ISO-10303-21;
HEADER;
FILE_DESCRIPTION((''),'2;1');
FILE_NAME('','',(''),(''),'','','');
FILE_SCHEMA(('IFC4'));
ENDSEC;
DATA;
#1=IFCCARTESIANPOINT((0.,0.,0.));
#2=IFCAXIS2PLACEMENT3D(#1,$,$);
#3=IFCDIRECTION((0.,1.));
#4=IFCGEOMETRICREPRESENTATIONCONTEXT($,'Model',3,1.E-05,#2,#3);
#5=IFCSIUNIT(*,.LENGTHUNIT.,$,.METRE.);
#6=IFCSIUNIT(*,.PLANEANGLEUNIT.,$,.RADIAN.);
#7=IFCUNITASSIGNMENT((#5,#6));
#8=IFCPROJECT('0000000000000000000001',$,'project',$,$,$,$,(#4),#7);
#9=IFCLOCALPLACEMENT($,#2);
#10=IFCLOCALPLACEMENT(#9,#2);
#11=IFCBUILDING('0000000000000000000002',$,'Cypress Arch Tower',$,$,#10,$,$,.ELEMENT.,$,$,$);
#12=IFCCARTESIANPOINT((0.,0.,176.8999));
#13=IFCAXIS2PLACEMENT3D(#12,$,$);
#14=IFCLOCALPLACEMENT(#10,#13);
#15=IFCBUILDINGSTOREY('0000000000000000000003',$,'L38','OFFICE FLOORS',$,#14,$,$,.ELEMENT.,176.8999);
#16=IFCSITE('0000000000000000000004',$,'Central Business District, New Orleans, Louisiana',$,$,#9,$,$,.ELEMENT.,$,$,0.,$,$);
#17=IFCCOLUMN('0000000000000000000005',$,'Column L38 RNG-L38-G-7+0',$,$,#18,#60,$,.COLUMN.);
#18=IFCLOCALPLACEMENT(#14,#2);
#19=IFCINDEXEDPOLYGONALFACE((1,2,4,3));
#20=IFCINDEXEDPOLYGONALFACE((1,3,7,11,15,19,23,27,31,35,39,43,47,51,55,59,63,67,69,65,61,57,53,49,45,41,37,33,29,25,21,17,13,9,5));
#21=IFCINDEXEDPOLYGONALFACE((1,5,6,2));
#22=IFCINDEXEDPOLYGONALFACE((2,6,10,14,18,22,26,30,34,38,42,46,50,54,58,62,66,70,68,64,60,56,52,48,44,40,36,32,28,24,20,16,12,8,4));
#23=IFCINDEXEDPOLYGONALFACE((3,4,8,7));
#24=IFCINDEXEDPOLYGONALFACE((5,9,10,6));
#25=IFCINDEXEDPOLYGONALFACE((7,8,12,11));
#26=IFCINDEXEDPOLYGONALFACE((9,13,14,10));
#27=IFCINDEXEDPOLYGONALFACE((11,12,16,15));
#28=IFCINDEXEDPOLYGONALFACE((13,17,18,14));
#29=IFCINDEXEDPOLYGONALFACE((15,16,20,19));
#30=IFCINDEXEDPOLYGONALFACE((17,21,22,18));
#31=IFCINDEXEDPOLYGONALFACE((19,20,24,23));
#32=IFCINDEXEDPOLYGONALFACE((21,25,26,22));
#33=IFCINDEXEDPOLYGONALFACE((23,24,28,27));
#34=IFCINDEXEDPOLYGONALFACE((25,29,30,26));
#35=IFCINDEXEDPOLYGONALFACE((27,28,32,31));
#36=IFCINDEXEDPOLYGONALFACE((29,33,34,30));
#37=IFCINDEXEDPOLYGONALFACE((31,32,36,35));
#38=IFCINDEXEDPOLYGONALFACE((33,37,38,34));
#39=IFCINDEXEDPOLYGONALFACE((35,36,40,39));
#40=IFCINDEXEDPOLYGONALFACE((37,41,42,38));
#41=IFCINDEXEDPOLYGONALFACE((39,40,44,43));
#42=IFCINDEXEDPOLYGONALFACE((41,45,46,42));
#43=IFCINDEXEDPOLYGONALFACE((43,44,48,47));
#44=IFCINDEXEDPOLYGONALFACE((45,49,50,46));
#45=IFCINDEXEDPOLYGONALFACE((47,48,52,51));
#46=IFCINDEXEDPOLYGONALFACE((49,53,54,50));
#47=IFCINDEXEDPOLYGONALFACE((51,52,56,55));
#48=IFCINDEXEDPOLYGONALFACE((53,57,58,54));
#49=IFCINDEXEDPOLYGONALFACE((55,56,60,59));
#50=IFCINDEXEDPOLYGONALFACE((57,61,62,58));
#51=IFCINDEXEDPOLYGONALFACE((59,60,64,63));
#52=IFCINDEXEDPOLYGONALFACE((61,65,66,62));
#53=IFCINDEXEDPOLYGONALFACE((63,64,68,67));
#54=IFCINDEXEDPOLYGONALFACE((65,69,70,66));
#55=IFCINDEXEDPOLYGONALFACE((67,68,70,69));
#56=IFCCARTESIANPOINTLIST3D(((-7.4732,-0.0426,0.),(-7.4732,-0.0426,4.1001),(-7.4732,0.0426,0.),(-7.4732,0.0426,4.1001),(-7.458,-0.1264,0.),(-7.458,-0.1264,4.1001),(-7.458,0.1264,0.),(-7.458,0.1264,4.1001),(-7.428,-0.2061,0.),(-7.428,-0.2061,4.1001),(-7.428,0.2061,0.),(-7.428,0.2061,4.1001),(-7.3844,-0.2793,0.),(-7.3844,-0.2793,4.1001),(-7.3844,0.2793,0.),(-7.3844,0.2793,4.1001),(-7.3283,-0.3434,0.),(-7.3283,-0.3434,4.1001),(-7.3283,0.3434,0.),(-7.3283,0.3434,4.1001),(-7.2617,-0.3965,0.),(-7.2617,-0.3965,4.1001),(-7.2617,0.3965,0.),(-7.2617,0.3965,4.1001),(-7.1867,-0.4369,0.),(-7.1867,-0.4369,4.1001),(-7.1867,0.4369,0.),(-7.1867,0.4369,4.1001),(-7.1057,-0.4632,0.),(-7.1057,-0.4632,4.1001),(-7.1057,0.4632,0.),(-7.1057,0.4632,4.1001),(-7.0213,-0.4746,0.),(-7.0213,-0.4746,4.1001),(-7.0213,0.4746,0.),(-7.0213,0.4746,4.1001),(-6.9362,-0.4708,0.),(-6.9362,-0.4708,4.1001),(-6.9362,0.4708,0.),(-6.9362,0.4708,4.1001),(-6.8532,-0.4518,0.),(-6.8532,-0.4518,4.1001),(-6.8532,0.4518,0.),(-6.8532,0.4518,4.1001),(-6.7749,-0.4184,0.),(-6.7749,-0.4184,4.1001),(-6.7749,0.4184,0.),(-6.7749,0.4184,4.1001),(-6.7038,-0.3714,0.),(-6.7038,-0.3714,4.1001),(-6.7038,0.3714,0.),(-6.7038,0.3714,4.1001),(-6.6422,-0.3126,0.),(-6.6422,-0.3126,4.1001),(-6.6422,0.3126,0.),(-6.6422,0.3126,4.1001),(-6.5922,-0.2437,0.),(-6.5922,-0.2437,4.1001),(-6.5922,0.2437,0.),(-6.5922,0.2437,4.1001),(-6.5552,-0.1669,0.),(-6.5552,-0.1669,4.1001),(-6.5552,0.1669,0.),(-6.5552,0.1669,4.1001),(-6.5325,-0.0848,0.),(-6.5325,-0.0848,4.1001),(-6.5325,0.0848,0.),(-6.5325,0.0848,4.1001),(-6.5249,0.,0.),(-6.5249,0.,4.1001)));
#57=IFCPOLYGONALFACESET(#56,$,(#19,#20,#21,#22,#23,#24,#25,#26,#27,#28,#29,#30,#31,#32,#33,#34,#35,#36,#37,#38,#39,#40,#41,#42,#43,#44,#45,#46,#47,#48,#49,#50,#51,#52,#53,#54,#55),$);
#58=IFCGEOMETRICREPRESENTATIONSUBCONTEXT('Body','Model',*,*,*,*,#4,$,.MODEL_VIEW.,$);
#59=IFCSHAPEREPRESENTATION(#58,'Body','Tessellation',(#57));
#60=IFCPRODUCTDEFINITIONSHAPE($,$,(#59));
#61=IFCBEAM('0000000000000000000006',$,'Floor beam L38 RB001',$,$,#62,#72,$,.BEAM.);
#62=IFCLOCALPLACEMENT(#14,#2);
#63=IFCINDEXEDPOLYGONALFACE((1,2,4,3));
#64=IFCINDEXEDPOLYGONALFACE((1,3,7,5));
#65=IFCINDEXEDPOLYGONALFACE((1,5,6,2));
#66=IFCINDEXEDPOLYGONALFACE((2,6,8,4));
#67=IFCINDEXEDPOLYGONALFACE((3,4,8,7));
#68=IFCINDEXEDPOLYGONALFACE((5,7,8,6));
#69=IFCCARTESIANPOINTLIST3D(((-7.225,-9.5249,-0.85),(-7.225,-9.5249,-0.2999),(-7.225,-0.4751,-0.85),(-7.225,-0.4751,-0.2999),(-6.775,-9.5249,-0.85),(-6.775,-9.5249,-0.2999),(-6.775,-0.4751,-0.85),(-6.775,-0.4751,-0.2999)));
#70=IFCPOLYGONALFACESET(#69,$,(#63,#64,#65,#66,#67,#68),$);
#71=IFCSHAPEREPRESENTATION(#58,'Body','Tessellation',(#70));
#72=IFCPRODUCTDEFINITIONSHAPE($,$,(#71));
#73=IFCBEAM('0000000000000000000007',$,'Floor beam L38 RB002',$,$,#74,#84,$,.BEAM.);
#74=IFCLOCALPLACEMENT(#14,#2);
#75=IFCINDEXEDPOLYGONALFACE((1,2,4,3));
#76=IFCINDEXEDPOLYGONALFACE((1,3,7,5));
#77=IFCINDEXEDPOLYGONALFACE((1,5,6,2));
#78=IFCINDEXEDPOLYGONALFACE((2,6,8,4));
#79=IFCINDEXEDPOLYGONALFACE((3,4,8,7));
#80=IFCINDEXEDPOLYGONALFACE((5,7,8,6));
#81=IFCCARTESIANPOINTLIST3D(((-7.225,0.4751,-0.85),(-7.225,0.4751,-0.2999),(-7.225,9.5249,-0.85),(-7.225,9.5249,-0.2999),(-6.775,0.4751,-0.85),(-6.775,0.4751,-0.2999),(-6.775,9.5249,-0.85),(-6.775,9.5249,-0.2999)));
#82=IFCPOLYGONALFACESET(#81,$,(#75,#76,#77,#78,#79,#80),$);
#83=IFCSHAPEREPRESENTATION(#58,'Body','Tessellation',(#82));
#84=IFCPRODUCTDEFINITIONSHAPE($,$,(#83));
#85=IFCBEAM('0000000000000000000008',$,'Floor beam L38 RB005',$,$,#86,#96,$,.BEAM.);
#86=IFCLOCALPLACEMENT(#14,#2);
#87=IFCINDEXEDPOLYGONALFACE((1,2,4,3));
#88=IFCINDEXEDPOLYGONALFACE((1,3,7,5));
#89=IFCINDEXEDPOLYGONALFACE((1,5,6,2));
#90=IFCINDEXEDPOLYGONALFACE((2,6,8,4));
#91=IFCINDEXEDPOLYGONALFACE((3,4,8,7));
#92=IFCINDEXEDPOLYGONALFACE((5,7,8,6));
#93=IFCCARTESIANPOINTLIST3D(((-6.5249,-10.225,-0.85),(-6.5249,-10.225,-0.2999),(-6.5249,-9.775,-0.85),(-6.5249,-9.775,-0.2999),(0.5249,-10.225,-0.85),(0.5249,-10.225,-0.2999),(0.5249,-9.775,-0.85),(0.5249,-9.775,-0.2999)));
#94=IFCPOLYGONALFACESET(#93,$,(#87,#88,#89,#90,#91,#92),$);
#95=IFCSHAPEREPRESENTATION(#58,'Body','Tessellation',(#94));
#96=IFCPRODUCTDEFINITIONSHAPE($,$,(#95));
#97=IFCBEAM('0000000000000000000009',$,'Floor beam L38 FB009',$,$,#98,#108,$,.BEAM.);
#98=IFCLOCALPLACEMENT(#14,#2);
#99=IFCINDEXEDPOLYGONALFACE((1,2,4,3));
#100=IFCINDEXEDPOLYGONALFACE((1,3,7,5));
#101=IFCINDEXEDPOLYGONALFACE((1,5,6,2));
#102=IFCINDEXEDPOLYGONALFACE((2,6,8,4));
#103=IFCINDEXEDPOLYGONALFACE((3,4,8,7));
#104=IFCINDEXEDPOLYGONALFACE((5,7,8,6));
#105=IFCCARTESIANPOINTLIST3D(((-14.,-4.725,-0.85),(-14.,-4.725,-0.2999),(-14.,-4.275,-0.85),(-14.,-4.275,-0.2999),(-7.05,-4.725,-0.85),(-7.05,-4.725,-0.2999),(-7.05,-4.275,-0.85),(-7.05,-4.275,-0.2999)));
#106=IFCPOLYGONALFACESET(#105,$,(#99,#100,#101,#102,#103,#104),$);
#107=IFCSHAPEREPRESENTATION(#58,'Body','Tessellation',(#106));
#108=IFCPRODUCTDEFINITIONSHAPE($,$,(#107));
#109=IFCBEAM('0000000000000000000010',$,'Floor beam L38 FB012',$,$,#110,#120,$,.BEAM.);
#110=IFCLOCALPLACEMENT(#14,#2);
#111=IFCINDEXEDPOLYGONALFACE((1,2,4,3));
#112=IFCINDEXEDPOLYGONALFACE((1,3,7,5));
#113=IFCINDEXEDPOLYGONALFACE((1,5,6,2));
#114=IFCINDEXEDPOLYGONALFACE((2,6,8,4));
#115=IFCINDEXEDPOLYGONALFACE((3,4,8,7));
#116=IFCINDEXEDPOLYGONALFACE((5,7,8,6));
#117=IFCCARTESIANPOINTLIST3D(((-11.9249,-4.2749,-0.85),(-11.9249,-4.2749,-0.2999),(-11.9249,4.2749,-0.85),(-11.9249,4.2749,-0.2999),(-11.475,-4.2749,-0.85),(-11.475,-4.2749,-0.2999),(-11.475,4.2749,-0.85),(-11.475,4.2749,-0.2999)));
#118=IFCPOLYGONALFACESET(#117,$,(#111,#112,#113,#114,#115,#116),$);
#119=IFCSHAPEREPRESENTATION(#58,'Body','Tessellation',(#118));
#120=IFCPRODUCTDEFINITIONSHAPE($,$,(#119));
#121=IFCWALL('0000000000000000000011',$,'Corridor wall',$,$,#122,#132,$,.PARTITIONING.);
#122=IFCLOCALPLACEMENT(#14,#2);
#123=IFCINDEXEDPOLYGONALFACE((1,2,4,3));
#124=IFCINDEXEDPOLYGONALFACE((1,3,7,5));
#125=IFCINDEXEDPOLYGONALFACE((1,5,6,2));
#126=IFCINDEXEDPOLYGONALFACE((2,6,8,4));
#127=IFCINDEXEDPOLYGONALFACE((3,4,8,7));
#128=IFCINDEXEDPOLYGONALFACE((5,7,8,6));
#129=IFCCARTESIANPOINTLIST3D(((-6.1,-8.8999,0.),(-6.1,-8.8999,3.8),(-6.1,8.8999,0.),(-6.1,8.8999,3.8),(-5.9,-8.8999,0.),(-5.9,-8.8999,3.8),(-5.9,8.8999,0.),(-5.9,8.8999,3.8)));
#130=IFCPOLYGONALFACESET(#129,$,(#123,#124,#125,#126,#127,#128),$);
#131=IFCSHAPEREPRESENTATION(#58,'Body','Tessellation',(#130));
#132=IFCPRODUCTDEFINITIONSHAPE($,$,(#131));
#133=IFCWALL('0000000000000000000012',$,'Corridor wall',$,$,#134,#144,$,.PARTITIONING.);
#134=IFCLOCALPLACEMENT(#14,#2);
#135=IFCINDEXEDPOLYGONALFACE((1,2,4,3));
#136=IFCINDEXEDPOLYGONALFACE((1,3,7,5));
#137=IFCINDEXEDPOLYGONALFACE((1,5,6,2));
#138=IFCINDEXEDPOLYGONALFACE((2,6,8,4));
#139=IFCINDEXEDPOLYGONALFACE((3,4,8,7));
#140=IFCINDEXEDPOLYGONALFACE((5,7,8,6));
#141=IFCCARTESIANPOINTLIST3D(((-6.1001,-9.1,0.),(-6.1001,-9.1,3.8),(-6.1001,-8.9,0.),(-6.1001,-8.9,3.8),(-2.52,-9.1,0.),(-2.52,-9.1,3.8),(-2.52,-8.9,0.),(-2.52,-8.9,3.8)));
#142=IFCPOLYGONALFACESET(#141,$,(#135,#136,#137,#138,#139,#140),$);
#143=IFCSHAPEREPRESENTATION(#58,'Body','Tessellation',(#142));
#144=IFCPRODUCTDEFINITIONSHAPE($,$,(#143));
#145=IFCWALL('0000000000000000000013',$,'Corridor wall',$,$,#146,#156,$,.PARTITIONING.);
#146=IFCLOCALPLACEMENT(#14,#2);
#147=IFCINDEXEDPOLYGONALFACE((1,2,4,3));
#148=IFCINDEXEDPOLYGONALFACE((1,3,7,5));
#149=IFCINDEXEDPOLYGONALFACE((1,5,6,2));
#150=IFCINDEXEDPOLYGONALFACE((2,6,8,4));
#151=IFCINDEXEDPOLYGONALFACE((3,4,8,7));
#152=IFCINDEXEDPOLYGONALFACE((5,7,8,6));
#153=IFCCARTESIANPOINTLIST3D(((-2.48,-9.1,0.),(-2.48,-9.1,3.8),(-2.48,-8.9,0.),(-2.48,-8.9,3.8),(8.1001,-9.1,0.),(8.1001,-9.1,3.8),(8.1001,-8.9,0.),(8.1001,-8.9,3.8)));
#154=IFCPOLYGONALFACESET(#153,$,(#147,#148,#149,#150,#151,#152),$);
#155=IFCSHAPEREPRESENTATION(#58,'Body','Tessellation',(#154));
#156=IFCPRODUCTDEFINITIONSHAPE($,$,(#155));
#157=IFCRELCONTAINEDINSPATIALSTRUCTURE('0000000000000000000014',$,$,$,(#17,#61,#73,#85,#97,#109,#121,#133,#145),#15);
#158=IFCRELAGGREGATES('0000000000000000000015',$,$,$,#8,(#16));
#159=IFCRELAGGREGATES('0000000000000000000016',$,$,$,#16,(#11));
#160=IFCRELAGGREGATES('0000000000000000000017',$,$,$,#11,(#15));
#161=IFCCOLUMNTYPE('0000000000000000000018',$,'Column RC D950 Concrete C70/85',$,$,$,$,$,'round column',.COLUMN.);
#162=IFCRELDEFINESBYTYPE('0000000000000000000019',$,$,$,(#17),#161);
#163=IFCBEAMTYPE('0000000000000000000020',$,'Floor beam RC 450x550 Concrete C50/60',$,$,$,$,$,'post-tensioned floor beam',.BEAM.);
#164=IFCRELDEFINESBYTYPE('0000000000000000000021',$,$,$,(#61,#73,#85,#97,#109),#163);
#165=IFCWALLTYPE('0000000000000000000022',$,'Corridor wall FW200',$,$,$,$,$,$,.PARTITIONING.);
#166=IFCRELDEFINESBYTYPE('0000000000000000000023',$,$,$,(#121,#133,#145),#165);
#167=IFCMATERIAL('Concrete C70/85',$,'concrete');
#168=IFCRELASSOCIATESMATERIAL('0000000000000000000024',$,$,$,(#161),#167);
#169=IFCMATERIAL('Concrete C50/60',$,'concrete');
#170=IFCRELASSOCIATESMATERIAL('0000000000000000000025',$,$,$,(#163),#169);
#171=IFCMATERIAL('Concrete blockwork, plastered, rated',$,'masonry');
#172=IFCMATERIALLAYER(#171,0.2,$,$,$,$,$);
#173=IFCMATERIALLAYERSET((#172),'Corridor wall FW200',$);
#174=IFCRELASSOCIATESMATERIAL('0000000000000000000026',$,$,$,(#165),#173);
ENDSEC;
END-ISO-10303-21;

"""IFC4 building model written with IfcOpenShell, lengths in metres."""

from ifc_helpers import new_model, si_unit, direction, frame, frame_2d, origin, origin_2d, place, context, subcontext, project, spatial, rectangle, circle, extrude, material, layer, layer_set, material_profile, profile_set, type_object, element, save


model = new_model("IFC4")

# Units and contexts
model_context = context("Model", 3, precision=1e-05, world=origin(), true_north=direction((0.0, 1.0)))
body_context = subcontext(model_context, "Body", "Model", "MODEL_VIEW")
ifc_project = project(units=[si_unit("LENGTHUNIT", "METRE"), si_unit("PLANEANGLEUNIT", "RADIAN")], contexts=[model_context])

# Site, building, storey
site_placement = place(None, origin())
site = spatial("IfcSite", under=ifc_project, at=site_placement, Name="Central Business District, New Orleans, Louisiana", CompositionType="ELEMENT", RefElevation=0.0)
building_placement = place(site_placement, origin())
building = spatial("IfcBuilding", under=site, at=building_placement, Name="Cypress Arch Tower", CompositionType="ELEMENT")
storey_placement = place(building_placement, frame((0.0, 0.0, 176.8999)))
storey = spatial("IfcBuildingStorey", under=building, at=storey_placement, Name="L38", Description="OFFICE FLOORS", CompositionType="ELEMENT", Elevation=176.8999)

# Column
ifc_material_1 = material(Name="Concrete C70/85", Category="concrete")
ifc_material_profile_1 = material_profile(ifc_material_1, circle(Radius=0.4751, at=origin_2d()), Name="RC D950")
ifc_profile_set_1 = profile_set([ifc_material_profile_1], Name="Concrete C70/85")
column_type = type_object("IfcColumnType", Name="Column RC D950 Concrete C70/85", ElementType="round column", PredefinedType="COLUMN", material=ifc_profile_set_1)
column_placement = place(storey_placement, frame((-7.0, 0.0, 0.0), z_axis=(0.0, 0.0, 1.0), x_axis=(1.0, 0.0, 0.0)))
element("IfcColumn", 1, at=column_placement, inside=storey, type_object=column_type, Name="Column L38 RNG-L38-G-7+0", PredefinedType="COLUMN", context=body_context, shape_type="SweptSolid", body=[
    extrude(circle(Radius=0.4751, at=origin_2d()), origin(), (0.0, 0.0, 1.0), 4.1001),
])

# Beams
ifc_material_2 = material(Name="Concrete C50/60", Category="concrete")
ifc_material_profile_2 = material_profile(ifc_material_2, rectangle(XDim=0.45, YDim=0.55, at=origin_2d()), Name="RC 450x550")
ifc_profile_set_2 = profile_set([ifc_material_profile_2], Name="Concrete C50/60")
beam_type = type_object("IfcBeamType", Name="Floor beam RC 450x550 Concrete C50/60", ElementType="post-tensioned floor beam", PredefinedType="BEAM", material=ifc_profile_set_2)
for number, where, z_axis, x_axis, name in (
    (2, (-7.0, -9.5249, -0.575), (0.0, 1.0, 0.0), (-1.0, 0.0, 0.0), "Floor beam L38 RB001"),
    (3, (-7.0, 0.4751, -0.575), (0.0, 1.0, 0.0), (-1.0, 0.0, 0.0), "Floor beam L38 RB002"),
):
    element("IfcBeam", number, at=place(storey_placement, frame(where, z_axis=z_axis, x_axis=x_axis)), inside=storey, type_object=beam_type, Name=name, PredefinedType="BEAM", context=body_context, shape_type="SweptSolid", body=[
        extrude(rectangle(XDim=0.45, YDim=0.55, at=origin_2d()), origin(), (0.0, 0.0, 1.0), 9.0498),
    ])
beam_1_placement = place(storey_placement, frame((-6.5249, -10.0, -0.575), z_axis=(1.0, 0.0, 0.0), x_axis=(0.0, 1.0, 0.0)))
element("IfcBeam", 4, at=beam_1_placement, inside=storey, type_object=beam_type, Name="Floor beam L38 RB005", PredefinedType="BEAM", context=body_context, shape_type="SweptSolid", body=[
    extrude(rectangle(XDim=0.45, YDim=0.55, at=origin_2d()), origin(), (0.0, 0.0, 1.0), 7.0498),
])
beam_2_placement = place(storey_placement, frame((-14.0, -4.5, -0.575), z_axis=(1.0, 0.0, 0.0), x_axis=(0.0, 1.0, 0.0)))
element("IfcBeam", 5, at=beam_2_placement, inside=storey, type_object=beam_type, Name="Floor beam L38 FB009", PredefinedType="BEAM", context=body_context, shape_type="SweptSolid", body=[
    extrude(rectangle(XDim=0.45, YDim=0.55, at=origin_2d()), origin(), (0.0, 0.0, 1.0), 6.95),
])
beam_3_placement = place(storey_placement, frame((-11.7, -4.2749, -0.575), z_axis=(0.0, 1.0, 0.0), x_axis=(-1.0, 0.0, 0.0)))
element("IfcBeam", 6, at=beam_3_placement, inside=storey, type_object=beam_type, Name="Floor beam L38 FB012", PredefinedType="BEAM", context=body_context, shape_type="SweptSolid", body=[
    extrude(rectangle(XDim=0.45, YDim=0.55, at=origin_2d()), origin(), (0.0, 0.0, 1.0), 8.5498),
])

# Walls
ifc_material_3 = material(Name="Concrete blockwork, plastered, rated", Category="masonry")
ifc_layer = layer(ifc_material_3, 0.2)
ifc_layer_set = layer_set([ifc_layer], Name="Corridor wall FW200")
wall_type = type_object("IfcWallType", Name="Corridor wall FW200", PredefinedType="PARTITIONING", material=ifc_layer_set)
wall_1_placement = place(storey_placement, frame((-6.0, -8.8999, 0.0), z_axis=(0.0, 0.0, 1.0), x_axis=(0.0, 1.0, 0.0)))
element("IfcWall", 7, at=wall_1_placement, inside=storey, type_object=wall_type, Name="Corridor wall", PredefinedType="PARTITIONING", context=body_context, shape_type="SweptSolid", body=[
    extrude(rectangle(XDim=17.7998, YDim=0.2, at=frame_2d((8.8999, 0.0))), origin(), (0.0, 0.0, 1.0), 3.8),
])
wall_2_placement = place(storey_placement, frame((-6.1001, -9.0, 0.0), z_axis=(0.0, 0.0, 1.0), x_axis=(1.0, 0.0, 0.0)))
element("IfcWall", 8, at=wall_2_placement, inside=storey, type_object=wall_type, Name="Corridor wall", PredefinedType="PARTITIONING", context=body_context, shape_type="SweptSolid", body=[
    extrude(rectangle(XDim=3.5801, YDim=0.2, at=frame_2d((1.79, 0.0))), origin(), (0.0, 0.0, 1.0), 3.8),
])
wall_3_placement = place(storey_placement, frame((-2.48, -9.0, 0.0), z_axis=(0.0, 0.0, 1.0), x_axis=(1.0, 0.0, 0.0)))
element("IfcWall", 9, at=wall_3_placement, inside=storey, type_object=wall_type, Name="Corridor wall", PredefinedType="PARTITIONING", context=body_context, shape_type="SweptSolid", body=[
    extrude(rectangle(XDim=10.5801, YDim=0.2, at=frame_2d((5.29, 0.0))), origin(), (0.0, 0.0, 1.0), 3.8),
])

save(model, "model.ifc")
